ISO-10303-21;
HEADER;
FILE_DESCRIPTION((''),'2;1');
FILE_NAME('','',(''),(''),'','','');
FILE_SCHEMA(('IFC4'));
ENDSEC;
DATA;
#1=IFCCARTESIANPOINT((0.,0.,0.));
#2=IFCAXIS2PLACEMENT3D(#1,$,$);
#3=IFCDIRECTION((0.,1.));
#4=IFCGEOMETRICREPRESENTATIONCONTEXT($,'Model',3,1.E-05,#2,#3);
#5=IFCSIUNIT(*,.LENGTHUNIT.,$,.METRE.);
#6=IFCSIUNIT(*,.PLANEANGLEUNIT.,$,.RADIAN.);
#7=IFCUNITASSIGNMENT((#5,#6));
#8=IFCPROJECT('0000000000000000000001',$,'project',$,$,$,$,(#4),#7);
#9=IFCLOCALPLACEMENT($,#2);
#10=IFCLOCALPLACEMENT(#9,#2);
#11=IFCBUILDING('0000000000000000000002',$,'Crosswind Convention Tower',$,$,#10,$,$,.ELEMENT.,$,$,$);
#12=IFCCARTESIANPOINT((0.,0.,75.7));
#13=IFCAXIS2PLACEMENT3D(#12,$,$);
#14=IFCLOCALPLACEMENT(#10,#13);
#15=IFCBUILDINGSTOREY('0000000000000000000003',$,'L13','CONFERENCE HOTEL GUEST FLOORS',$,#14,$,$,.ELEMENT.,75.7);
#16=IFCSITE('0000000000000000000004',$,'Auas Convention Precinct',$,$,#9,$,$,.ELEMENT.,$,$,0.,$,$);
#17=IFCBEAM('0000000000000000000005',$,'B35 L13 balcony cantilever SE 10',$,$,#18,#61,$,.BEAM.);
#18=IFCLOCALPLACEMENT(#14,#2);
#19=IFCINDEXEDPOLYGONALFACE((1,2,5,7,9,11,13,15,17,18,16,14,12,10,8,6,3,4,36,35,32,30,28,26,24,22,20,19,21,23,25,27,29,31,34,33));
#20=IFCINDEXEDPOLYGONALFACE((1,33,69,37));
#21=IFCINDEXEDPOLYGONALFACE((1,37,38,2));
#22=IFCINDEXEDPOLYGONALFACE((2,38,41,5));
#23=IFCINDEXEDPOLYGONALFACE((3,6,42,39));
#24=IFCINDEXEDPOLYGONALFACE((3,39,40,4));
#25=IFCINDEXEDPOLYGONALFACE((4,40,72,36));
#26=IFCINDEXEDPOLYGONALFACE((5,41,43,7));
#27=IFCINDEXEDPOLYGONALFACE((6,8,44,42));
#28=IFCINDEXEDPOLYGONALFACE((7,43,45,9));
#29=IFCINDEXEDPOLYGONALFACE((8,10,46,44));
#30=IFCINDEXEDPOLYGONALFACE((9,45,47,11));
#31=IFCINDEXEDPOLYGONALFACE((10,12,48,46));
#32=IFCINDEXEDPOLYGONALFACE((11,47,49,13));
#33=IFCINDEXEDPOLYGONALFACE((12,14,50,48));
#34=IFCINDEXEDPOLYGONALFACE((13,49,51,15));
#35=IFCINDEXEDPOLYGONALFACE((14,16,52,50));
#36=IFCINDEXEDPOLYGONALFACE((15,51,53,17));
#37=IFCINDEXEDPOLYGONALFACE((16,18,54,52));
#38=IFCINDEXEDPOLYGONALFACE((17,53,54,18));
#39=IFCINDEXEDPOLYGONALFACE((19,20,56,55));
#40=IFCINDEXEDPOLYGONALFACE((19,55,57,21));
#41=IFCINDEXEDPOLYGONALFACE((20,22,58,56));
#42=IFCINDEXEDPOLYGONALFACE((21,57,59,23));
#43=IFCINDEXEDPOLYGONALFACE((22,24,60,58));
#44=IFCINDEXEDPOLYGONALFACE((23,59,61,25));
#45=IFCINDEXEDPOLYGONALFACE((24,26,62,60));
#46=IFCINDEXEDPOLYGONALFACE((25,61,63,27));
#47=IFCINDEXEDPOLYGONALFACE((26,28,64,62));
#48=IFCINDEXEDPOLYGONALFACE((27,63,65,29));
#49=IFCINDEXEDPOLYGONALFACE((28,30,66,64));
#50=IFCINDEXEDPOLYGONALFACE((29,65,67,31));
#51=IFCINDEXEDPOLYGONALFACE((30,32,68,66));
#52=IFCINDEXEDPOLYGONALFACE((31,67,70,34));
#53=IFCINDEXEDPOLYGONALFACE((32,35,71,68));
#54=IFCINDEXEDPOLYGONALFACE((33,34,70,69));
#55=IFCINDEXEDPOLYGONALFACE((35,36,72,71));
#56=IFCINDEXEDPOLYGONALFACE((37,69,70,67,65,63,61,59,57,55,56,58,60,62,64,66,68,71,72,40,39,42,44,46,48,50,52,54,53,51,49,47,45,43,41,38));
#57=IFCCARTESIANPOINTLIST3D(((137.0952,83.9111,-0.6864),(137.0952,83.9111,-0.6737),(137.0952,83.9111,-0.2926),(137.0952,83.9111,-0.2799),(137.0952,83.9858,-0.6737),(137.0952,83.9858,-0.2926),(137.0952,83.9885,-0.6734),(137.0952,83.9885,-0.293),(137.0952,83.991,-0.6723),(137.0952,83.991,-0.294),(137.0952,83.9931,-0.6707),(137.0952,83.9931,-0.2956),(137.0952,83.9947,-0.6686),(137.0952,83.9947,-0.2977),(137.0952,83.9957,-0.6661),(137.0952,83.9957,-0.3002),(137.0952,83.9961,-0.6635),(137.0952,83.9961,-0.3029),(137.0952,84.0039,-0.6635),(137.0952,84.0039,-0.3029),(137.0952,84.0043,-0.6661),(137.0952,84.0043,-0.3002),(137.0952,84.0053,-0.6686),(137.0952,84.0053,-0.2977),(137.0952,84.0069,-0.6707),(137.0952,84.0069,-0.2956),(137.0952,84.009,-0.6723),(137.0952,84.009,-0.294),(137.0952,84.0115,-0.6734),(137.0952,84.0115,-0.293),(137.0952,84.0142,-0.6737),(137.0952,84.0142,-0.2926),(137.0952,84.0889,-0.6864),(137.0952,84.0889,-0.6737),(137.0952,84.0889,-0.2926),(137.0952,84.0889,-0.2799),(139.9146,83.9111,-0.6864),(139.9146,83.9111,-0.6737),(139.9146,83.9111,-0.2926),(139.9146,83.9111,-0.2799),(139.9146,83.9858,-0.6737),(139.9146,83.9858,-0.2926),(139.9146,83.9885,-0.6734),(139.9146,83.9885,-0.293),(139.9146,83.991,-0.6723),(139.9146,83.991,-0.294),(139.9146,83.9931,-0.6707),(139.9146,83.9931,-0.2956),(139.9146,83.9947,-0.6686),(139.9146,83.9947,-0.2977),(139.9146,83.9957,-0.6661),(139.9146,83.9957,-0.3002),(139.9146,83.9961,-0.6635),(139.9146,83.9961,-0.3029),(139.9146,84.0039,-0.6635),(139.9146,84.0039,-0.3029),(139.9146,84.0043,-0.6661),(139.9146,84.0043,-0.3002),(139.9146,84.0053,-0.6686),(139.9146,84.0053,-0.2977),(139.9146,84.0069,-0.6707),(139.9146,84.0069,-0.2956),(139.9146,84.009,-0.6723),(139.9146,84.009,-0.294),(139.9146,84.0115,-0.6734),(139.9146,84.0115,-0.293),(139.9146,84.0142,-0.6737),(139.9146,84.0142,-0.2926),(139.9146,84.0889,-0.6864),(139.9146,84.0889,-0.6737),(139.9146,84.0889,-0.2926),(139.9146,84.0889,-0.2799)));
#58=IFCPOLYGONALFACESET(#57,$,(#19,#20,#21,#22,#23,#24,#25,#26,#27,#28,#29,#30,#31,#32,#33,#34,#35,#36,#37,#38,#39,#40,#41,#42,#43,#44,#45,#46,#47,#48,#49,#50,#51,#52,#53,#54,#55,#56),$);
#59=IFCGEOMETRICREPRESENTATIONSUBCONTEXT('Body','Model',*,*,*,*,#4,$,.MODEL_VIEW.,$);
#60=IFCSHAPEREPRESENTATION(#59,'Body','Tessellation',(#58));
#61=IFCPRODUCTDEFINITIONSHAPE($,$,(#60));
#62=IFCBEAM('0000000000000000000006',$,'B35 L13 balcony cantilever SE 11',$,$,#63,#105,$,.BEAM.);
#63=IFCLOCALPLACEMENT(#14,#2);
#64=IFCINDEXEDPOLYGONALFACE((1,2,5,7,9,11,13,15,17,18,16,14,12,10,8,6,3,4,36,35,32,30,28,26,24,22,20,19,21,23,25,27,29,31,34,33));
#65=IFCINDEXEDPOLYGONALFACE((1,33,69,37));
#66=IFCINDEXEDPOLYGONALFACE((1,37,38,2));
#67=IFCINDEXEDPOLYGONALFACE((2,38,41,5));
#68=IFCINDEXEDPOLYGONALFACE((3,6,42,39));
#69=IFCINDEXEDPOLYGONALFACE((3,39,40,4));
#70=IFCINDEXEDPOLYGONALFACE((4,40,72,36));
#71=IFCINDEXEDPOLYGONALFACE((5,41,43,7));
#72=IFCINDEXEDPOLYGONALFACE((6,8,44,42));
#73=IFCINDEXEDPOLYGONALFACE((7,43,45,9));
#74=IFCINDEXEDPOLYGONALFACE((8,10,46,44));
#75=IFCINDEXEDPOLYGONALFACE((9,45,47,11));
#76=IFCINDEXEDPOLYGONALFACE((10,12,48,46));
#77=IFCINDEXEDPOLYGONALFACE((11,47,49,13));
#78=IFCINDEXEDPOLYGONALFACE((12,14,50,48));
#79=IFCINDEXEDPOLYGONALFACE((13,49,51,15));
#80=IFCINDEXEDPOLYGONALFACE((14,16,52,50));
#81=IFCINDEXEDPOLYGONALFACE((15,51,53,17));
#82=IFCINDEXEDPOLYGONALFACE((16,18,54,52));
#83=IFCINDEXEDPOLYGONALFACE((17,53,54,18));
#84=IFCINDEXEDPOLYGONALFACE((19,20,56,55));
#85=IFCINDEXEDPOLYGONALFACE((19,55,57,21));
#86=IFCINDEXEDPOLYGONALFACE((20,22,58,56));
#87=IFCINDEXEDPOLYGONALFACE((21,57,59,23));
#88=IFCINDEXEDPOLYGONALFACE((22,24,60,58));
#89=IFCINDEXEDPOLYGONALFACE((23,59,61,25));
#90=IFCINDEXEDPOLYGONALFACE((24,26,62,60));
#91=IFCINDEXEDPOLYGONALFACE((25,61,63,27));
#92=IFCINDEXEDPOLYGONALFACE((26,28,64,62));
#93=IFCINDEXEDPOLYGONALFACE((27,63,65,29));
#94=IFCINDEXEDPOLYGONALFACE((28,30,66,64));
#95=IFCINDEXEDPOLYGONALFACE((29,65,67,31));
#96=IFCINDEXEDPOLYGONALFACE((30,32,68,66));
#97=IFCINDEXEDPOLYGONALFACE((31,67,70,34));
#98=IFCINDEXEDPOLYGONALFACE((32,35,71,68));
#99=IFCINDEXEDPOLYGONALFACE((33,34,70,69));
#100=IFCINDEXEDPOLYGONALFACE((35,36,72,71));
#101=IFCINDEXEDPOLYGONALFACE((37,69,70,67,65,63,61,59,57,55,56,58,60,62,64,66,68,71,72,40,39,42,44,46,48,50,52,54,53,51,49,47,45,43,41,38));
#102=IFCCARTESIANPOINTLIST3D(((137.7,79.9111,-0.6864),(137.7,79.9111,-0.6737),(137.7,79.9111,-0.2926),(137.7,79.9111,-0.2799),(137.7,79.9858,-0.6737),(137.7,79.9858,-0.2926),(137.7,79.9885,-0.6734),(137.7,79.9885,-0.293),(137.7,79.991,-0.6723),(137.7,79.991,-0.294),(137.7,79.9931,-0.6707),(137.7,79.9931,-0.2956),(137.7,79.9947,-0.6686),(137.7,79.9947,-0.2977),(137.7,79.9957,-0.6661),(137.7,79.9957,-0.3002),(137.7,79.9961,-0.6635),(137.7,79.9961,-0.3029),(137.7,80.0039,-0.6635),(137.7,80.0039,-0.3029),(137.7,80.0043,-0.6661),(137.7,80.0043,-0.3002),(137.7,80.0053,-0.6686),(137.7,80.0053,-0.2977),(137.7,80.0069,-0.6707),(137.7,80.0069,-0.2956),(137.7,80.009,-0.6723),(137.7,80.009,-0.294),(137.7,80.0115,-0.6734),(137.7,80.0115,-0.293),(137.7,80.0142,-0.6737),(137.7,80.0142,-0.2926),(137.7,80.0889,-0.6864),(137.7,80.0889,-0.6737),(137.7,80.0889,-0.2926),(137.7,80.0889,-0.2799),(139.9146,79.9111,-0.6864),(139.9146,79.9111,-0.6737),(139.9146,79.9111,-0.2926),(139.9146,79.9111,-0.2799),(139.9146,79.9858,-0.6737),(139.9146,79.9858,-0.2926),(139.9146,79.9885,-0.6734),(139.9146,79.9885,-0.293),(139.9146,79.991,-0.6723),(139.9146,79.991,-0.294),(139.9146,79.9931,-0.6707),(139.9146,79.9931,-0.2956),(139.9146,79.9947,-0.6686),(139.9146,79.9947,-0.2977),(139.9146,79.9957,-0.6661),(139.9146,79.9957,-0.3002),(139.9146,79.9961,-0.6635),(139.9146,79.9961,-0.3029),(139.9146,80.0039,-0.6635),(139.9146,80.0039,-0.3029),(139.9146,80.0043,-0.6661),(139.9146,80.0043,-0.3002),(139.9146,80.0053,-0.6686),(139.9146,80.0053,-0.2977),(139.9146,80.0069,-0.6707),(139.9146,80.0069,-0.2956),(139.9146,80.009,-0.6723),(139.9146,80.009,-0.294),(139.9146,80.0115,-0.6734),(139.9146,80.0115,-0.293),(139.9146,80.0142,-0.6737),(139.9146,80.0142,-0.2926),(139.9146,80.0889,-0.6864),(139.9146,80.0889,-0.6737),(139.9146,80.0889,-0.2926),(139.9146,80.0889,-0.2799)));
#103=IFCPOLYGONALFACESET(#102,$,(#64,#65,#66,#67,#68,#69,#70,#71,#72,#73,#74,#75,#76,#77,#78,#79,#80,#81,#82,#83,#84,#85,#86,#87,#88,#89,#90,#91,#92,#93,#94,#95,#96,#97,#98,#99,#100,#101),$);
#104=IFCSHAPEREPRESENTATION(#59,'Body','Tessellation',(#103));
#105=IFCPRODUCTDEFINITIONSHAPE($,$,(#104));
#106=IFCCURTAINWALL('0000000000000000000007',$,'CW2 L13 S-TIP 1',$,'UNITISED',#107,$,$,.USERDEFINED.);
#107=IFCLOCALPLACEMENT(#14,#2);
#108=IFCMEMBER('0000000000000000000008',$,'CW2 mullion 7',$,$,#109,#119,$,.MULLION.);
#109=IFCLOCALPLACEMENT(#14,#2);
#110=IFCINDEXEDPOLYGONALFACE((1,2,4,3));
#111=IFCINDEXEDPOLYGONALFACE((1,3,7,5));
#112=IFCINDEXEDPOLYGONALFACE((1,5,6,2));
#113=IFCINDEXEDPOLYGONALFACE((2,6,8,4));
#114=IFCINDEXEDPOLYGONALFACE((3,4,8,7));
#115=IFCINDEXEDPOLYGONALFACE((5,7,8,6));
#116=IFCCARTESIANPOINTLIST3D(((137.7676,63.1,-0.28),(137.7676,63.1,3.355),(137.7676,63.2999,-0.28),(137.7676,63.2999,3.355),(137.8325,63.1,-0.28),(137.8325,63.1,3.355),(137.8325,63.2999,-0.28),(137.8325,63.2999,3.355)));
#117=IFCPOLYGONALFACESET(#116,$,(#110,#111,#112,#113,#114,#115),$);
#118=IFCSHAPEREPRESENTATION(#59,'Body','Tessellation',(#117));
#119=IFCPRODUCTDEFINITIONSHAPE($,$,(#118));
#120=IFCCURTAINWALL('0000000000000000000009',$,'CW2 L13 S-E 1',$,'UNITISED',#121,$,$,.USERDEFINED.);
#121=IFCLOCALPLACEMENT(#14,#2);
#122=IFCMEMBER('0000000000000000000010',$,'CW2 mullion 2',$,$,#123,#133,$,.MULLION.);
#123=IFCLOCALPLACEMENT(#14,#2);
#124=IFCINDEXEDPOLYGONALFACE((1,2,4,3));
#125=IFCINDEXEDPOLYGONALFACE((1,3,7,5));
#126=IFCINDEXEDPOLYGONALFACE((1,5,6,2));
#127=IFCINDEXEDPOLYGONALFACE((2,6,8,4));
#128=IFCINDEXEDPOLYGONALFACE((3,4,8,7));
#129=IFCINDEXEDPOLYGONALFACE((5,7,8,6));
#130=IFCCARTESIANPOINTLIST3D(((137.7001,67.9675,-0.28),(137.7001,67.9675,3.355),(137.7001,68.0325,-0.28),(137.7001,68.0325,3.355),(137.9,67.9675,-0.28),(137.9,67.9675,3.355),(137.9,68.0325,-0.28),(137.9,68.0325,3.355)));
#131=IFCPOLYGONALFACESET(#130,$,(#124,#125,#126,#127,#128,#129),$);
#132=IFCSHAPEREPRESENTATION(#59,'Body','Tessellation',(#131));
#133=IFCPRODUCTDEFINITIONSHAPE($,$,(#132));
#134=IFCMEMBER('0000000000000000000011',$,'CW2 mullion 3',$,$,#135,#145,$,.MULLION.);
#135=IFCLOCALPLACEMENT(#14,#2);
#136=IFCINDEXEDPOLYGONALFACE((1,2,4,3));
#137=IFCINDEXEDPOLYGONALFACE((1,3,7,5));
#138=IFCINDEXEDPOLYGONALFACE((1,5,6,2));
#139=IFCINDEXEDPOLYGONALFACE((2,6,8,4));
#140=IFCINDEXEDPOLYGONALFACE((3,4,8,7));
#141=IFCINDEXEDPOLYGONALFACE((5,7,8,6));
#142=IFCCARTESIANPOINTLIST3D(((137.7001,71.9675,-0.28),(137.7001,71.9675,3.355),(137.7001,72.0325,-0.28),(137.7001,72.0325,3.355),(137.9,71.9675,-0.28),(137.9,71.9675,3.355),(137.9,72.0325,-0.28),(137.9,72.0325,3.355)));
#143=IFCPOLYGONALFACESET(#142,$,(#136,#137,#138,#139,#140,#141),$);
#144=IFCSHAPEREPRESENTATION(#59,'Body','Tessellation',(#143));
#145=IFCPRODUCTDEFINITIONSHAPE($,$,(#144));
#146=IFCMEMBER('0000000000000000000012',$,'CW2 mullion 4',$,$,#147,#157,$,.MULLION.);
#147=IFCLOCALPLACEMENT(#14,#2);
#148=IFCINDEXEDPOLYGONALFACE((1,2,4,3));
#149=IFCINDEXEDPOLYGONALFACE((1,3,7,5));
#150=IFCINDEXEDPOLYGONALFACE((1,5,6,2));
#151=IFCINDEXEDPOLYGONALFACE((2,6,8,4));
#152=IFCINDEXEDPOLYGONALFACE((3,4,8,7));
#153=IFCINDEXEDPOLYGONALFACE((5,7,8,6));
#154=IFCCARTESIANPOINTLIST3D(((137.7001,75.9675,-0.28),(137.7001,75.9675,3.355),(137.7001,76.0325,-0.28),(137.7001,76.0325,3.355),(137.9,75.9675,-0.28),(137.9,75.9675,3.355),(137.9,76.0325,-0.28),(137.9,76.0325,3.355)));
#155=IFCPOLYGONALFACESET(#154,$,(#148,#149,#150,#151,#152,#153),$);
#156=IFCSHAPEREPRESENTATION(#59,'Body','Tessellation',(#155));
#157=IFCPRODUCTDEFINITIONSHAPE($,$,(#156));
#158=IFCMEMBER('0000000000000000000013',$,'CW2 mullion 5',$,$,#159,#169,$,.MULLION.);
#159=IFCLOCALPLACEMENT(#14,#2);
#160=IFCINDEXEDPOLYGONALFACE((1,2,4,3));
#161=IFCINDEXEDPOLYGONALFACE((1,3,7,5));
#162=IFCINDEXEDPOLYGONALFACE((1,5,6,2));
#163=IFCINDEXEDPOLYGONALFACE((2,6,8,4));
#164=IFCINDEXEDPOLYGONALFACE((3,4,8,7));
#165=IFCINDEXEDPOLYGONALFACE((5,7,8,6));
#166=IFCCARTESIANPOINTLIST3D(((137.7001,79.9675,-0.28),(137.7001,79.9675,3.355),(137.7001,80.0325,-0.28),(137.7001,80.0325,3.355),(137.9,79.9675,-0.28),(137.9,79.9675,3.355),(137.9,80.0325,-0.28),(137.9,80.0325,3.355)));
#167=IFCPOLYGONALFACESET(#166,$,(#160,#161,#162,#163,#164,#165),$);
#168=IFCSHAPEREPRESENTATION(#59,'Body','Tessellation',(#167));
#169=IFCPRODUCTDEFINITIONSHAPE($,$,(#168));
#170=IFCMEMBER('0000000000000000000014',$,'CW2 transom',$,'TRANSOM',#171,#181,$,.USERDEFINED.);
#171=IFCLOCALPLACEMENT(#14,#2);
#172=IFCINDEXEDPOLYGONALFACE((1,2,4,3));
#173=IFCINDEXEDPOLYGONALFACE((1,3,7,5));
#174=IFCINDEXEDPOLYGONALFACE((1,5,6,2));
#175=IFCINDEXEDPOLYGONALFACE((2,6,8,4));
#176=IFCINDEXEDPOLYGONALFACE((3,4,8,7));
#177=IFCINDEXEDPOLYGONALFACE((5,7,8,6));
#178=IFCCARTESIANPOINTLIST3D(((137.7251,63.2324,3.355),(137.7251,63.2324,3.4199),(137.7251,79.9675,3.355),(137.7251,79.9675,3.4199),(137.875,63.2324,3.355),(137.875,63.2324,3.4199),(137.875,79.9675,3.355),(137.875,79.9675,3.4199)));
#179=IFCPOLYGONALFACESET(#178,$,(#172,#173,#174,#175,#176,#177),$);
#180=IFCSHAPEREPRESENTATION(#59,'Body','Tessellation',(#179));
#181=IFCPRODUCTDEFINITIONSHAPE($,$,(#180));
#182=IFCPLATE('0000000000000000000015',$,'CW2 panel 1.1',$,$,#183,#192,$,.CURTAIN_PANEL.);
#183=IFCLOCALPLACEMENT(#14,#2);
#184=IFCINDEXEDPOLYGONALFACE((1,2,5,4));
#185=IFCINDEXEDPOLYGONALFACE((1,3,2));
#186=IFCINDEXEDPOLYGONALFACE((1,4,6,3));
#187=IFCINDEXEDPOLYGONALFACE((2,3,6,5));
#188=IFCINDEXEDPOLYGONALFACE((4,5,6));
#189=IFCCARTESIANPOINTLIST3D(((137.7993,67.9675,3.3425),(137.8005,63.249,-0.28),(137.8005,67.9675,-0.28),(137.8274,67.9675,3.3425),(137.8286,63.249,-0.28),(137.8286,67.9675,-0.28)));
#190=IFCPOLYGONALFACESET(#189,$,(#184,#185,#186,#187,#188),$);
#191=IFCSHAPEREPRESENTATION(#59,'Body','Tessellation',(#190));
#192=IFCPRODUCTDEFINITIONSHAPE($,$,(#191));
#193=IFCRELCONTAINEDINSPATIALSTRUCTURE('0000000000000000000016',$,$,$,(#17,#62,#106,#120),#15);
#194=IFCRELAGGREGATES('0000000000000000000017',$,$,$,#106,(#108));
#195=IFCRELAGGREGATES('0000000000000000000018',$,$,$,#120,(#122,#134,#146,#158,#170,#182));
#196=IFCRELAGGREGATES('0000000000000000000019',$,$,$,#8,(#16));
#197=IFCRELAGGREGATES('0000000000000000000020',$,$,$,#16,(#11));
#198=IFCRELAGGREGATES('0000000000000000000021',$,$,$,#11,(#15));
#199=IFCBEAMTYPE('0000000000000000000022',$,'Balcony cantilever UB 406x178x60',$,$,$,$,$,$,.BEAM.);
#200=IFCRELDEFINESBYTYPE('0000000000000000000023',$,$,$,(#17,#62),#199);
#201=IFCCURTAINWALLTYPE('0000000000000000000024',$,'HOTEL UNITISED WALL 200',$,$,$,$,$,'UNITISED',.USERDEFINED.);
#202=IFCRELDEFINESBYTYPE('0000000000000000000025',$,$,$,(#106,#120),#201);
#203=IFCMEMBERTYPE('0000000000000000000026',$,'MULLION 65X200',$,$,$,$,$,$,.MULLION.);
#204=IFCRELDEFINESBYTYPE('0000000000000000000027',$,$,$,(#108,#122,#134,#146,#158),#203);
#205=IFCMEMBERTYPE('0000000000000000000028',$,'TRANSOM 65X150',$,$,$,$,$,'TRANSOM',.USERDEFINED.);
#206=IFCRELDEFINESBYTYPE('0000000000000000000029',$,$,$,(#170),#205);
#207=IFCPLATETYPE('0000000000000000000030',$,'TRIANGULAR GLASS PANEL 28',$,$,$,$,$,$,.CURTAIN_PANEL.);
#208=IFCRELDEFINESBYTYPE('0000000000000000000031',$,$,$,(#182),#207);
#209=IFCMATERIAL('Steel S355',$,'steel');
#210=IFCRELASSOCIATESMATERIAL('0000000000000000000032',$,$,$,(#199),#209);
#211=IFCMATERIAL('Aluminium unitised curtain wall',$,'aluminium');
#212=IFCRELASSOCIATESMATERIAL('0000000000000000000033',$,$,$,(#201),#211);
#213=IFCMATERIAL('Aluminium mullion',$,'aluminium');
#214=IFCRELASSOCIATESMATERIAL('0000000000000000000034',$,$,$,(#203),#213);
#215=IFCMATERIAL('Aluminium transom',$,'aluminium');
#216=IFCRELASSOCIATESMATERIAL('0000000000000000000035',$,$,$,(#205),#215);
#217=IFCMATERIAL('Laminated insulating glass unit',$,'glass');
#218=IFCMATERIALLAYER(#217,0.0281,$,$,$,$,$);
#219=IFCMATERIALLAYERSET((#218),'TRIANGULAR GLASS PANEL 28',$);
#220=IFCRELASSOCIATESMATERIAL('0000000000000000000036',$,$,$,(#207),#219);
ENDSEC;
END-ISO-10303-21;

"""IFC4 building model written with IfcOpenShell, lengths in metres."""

from ifc_helpers import new_model, si_unit, direction, frame, origin, origin_2d, place, context, subcontext, project, spatial, polyline, rectangle, i_section, outline, extrude, material, layer, layer_set, material_profile, profile_set, type_object, element, aggregate, save


model = new_model("IFC4")

# Units and contexts
model_context = context("Model", 3, precision=1e-05, world=origin(), true_north=direction((0.0, 1.0)))
body_context = subcontext(model_context, "Body", "Model", "MODEL_VIEW")
ifc_project = project(units=[si_unit("LENGTHUNIT", "METRE"), si_unit("PLANEANGLEUNIT", "RADIAN")], contexts=[model_context])

# Site, building, storey
site_placement = place(None, origin())
site = spatial("IfcSite", under=ifc_project, at=site_placement, Name="Auas Convention Precinct", CompositionType="ELEMENT", RefElevation=0.0)
building_placement = place(site_placement, origin())
building = spatial("IfcBuilding", under=site, at=building_placement, Name="Crosswind Convention Tower", CompositionType="ELEMENT")
storey_placement = place(building_placement, frame((0.0, 0.0, 75.7)))
storey = spatial("IfcBuildingStorey", under=building, at=storey_placement, Name="L13", Description="CONFERENCE HOTEL GUEST FLOORS", CompositionType="ELEMENT", Elevation=75.7)

# Beams
ifc_material_1 = material(Name="Steel S355", Category="steel")
ifc_material_profile_1 = material_profile(ifc_material_1, i_section(OverallWidth=0.1777, OverallDepth=0.4065, WebThickness=0.0078, FlangeThickness=0.0127, FilletRadius=0.0103, at=origin_2d()), Name="UB 406x178x60")
ifc_profile_set_1 = profile_set([ifc_material_profile_1], Name="Steel S355")
beam_type = type_object("IfcBeamType", Name="Balcony cantilever UB 406x178x60", PredefinedType="BEAM", material=ifc_profile_set_1)
beam_1_placement = place(storey_placement, frame((137.0952, 84.0, -0.4832), z_axis=(1.0, 0.0, 0.0), x_axis=(0.0, 1.0, 0.0)))
element("IfcBeam", 1, at=beam_1_placement, inside=storey, type_object=beam_type, Name="B35 L13 balcony cantilever SE 10", PredefinedType="BEAM", context=body_context, shape_type="SweptSolid", body=[
    extrude(i_section(OverallWidth=0.1777, OverallDepth=0.4065, WebThickness=0.0078, FlangeThickness=0.0127, FilletRadius=0.0103, at=origin_2d()), origin(), (0.0, 0.0, 1.0), 2.8193),
])
beam_2_placement = place(storey_placement, frame((137.7, 80.0, -0.4832), z_axis=(1.0, 0.0, 0.0), x_axis=(0.0, 1.0, 0.0)))
element("IfcBeam", 2, at=beam_2_placement, inside=storey, type_object=beam_type, Name="B35 L13 balcony cantilever SE 11", PredefinedType="BEAM", context=body_context, shape_type="SweptSolid", body=[
    extrude(i_section(OverallWidth=0.1777, OverallDepth=0.4065, WebThickness=0.0078, FlangeThickness=0.0127, FilletRadius=0.0103, at=origin_2d()), origin(), (0.0, 0.0, 1.0), 2.2146),
])

# Curtain wall, member
ifc_material_2 = material(Name="Aluminium unitised curtain wall", Category="aluminium")
curtain_wall_type = type_object("IfcCurtainWallType", Name="HOTEL UNITISED WALL 200", ElementType="UNITISED", PredefinedType="USERDEFINED", material=ifc_material_2)
curtain_wall_1_placement = place(storey_placement, origin())
curtain_wall_1 = element("IfcCurtainWall", 3, at=curtain_wall_1_placement, inside=storey, type_object=curtain_wall_type, Name="CW2 L13 S-TIP 1", ObjectType="UNITISED", PredefinedType="USERDEFINED")
ifc_material_3 = material(Name="Aluminium mullion", Category="aluminium")
ifc_material_profile_2 = material_profile(ifc_material_3, rectangle(XDim=0.2, YDim=0.0649, at=origin_2d()), Name="AL 200X65")
ifc_profile_set_2 = profile_set([ifc_material_profile_2], Name="Aluminium mullion")
member_type_1 = type_object("IfcMemberType", Name="MULLION 65X200", PredefinedType="MULLION", material=ifc_profile_set_2)
member_1_placement = place(storey_placement, frame((137.8, 63.2, -0.28), z_axis=(0.0, 0.0, 1.0), x_axis=(0.0, -1.0, 0.0)))
member_1 = element("IfcMember", 4, at=member_1_placement, type_object=member_type_1, Name="CW2 mullion 7", PredefinedType="MULLION", context=body_context, shape_type="SweptSolid", body=[
    extrude(rectangle(XDim=0.2, YDim=0.0649, at=origin_2d()), origin(), (0.0, 0.0, 1.0), 3.635),
])
aggregate(curtain_wall_1, [member_1])

# Curtain wall, members, plate
curtain_wall_2_placement = place(storey_placement, origin())
curtain_wall_2 = element("IfcCurtainWall", 5, at=curtain_wall_2_placement, inside=storey, type_object=curtain_wall_type, Name="CW2 L13 S-E 1", ObjectType="UNITISED", PredefinedType="USERDEFINED")
member_2_placement = place(storey_placement, frame((137.8, 68.0, -0.28), z_axis=(0.0, 0.0, 1.0), x_axis=(1.0, 0.0, 0.0)))
member_2 = element("IfcMember", 6, at=member_2_placement, type_object=member_type_1, Name="CW2 mullion 2", PredefinedType="MULLION", context=body_context, shape_type="SweptSolid", body=[
    extrude(rectangle(XDim=0.2, YDim=0.0649, at=origin_2d()), origin(), (0.0, 0.0, 1.0), 3.635),
])
member_3_placement = place(storey_placement, frame((137.8, 72.0, -0.28), z_axis=(0.0, 0.0, 1.0), x_axis=(1.0, 0.0, 0.0)))
member_3 = element("IfcMember", 7, at=member_3_placement, type_object=member_type_1, Name="CW2 mullion 3", PredefinedType="MULLION", context=body_context, shape_type="SweptSolid", body=[
    extrude(rectangle(XDim=0.2, YDim=0.0649, at=origin_2d()), origin(), (0.0, 0.0, 1.0), 3.635),
])
member_4_placement = place(storey_placement, frame((137.8, 76.0, -0.28), z_axis=(0.0, 0.0, 1.0), x_axis=(1.0, 0.0, 0.0)))
member_4 = element("IfcMember", 8, at=member_4_placement, type_object=member_type_1, Name="CW2 mullion 4", PredefinedType="MULLION", context=body_context, shape_type="SweptSolid", body=[
    extrude(rectangle(XDim=0.2, YDim=0.0649, at=origin_2d()), origin(), (0.0, 0.0, 1.0), 3.635),
])
member_5_placement = place(storey_placement, frame((137.8, 80.0, -0.28), z_axis=(0.0, 0.0, 1.0), x_axis=(1.0, 0.0, 0.0)))
member_5 = element("IfcMember", 9, at=member_5_placement, type_object=member_type_1, Name="CW2 mullion 5", PredefinedType="MULLION", context=body_context, shape_type="SweptSolid", body=[
    extrude(rectangle(XDim=0.2, YDim=0.0649, at=origin_2d()), origin(), (0.0, 0.0, 1.0), 3.635),
])
ifc_material_4 = material(Name="Aluminium transom", Category="aluminium")
ifc_material_profile_3 = material_profile(ifc_material_4, rectangle(XDim=0.1499, YDim=0.0649, at=origin_2d()), Name="AL 150X65")
ifc_profile_set_3 = profile_set([ifc_material_profile_3], Name="Aluminium transom")
member_type_2 = type_object("IfcMemberType", Name="TRANSOM 65X150", ElementType="TRANSOM", PredefinedType="USERDEFINED", material=ifc_profile_set_3)
member_6_placement = place(storey_placement, frame((137.8, 63.2324, 3.3875), z_axis=(0.0, 1.0, 0.0), x_axis=(-1.0, 0.0, 0.0)))
member_6 = element("IfcMember", 10, at=member_6_placement, type_object=member_type_2, Name="CW2 transom", ObjectType="TRANSOM", PredefinedType="USERDEFINED", context=body_context, shape_type="SweptSolid", body=[
    extrude(rectangle(XDim=0.1499, YDim=0.0649, at=origin_2d()), origin(), (0.0, 0.0, 1.0), 16.7351),
])
ifc_material_5 = material(Name="Laminated insulating glass unit", Category="glass")
ifc_layer_1 = layer(ifc_material_5, 0.0281)
ifc_layer_set_1 = layer_set([ifc_layer_1], Name="TRIANGULAR GLASS PANEL 28")
plate_type = type_object("IfcPlateType", Name="TRIANGULAR GLASS PANEL 28", PredefinedType="CURTAIN_PANEL", material=ifc_layer_set_1)
plate_1_placement = place(storey_placement, frame((137.8286, 67.9675, -0.28), z_axis=(1.0, 0.0, 0.000337), x_axis=(-0.000337, 0.0, 1.0)))
plate_1 = element("IfcPlate", 11, at=plate_1_placement, type_object=plate_type, Name="CW2 panel 1.1", PredefinedType="CURTAIN_PANEL", context=body_context, shape_type="SweptSolid", body=[
    extrude(outline(polyline([(0.0, 0.0), (3.6226, 0.0), (0.0, 4.7185), (0.0, 0.0)])), origin(), (0.0, 0.0, -1.0), 0.0281),
])
aggregate(curtain_wall_2, [member_2, member_3, member_4, member_5, member_6, plate_1])

save(model, "model.ifc")
